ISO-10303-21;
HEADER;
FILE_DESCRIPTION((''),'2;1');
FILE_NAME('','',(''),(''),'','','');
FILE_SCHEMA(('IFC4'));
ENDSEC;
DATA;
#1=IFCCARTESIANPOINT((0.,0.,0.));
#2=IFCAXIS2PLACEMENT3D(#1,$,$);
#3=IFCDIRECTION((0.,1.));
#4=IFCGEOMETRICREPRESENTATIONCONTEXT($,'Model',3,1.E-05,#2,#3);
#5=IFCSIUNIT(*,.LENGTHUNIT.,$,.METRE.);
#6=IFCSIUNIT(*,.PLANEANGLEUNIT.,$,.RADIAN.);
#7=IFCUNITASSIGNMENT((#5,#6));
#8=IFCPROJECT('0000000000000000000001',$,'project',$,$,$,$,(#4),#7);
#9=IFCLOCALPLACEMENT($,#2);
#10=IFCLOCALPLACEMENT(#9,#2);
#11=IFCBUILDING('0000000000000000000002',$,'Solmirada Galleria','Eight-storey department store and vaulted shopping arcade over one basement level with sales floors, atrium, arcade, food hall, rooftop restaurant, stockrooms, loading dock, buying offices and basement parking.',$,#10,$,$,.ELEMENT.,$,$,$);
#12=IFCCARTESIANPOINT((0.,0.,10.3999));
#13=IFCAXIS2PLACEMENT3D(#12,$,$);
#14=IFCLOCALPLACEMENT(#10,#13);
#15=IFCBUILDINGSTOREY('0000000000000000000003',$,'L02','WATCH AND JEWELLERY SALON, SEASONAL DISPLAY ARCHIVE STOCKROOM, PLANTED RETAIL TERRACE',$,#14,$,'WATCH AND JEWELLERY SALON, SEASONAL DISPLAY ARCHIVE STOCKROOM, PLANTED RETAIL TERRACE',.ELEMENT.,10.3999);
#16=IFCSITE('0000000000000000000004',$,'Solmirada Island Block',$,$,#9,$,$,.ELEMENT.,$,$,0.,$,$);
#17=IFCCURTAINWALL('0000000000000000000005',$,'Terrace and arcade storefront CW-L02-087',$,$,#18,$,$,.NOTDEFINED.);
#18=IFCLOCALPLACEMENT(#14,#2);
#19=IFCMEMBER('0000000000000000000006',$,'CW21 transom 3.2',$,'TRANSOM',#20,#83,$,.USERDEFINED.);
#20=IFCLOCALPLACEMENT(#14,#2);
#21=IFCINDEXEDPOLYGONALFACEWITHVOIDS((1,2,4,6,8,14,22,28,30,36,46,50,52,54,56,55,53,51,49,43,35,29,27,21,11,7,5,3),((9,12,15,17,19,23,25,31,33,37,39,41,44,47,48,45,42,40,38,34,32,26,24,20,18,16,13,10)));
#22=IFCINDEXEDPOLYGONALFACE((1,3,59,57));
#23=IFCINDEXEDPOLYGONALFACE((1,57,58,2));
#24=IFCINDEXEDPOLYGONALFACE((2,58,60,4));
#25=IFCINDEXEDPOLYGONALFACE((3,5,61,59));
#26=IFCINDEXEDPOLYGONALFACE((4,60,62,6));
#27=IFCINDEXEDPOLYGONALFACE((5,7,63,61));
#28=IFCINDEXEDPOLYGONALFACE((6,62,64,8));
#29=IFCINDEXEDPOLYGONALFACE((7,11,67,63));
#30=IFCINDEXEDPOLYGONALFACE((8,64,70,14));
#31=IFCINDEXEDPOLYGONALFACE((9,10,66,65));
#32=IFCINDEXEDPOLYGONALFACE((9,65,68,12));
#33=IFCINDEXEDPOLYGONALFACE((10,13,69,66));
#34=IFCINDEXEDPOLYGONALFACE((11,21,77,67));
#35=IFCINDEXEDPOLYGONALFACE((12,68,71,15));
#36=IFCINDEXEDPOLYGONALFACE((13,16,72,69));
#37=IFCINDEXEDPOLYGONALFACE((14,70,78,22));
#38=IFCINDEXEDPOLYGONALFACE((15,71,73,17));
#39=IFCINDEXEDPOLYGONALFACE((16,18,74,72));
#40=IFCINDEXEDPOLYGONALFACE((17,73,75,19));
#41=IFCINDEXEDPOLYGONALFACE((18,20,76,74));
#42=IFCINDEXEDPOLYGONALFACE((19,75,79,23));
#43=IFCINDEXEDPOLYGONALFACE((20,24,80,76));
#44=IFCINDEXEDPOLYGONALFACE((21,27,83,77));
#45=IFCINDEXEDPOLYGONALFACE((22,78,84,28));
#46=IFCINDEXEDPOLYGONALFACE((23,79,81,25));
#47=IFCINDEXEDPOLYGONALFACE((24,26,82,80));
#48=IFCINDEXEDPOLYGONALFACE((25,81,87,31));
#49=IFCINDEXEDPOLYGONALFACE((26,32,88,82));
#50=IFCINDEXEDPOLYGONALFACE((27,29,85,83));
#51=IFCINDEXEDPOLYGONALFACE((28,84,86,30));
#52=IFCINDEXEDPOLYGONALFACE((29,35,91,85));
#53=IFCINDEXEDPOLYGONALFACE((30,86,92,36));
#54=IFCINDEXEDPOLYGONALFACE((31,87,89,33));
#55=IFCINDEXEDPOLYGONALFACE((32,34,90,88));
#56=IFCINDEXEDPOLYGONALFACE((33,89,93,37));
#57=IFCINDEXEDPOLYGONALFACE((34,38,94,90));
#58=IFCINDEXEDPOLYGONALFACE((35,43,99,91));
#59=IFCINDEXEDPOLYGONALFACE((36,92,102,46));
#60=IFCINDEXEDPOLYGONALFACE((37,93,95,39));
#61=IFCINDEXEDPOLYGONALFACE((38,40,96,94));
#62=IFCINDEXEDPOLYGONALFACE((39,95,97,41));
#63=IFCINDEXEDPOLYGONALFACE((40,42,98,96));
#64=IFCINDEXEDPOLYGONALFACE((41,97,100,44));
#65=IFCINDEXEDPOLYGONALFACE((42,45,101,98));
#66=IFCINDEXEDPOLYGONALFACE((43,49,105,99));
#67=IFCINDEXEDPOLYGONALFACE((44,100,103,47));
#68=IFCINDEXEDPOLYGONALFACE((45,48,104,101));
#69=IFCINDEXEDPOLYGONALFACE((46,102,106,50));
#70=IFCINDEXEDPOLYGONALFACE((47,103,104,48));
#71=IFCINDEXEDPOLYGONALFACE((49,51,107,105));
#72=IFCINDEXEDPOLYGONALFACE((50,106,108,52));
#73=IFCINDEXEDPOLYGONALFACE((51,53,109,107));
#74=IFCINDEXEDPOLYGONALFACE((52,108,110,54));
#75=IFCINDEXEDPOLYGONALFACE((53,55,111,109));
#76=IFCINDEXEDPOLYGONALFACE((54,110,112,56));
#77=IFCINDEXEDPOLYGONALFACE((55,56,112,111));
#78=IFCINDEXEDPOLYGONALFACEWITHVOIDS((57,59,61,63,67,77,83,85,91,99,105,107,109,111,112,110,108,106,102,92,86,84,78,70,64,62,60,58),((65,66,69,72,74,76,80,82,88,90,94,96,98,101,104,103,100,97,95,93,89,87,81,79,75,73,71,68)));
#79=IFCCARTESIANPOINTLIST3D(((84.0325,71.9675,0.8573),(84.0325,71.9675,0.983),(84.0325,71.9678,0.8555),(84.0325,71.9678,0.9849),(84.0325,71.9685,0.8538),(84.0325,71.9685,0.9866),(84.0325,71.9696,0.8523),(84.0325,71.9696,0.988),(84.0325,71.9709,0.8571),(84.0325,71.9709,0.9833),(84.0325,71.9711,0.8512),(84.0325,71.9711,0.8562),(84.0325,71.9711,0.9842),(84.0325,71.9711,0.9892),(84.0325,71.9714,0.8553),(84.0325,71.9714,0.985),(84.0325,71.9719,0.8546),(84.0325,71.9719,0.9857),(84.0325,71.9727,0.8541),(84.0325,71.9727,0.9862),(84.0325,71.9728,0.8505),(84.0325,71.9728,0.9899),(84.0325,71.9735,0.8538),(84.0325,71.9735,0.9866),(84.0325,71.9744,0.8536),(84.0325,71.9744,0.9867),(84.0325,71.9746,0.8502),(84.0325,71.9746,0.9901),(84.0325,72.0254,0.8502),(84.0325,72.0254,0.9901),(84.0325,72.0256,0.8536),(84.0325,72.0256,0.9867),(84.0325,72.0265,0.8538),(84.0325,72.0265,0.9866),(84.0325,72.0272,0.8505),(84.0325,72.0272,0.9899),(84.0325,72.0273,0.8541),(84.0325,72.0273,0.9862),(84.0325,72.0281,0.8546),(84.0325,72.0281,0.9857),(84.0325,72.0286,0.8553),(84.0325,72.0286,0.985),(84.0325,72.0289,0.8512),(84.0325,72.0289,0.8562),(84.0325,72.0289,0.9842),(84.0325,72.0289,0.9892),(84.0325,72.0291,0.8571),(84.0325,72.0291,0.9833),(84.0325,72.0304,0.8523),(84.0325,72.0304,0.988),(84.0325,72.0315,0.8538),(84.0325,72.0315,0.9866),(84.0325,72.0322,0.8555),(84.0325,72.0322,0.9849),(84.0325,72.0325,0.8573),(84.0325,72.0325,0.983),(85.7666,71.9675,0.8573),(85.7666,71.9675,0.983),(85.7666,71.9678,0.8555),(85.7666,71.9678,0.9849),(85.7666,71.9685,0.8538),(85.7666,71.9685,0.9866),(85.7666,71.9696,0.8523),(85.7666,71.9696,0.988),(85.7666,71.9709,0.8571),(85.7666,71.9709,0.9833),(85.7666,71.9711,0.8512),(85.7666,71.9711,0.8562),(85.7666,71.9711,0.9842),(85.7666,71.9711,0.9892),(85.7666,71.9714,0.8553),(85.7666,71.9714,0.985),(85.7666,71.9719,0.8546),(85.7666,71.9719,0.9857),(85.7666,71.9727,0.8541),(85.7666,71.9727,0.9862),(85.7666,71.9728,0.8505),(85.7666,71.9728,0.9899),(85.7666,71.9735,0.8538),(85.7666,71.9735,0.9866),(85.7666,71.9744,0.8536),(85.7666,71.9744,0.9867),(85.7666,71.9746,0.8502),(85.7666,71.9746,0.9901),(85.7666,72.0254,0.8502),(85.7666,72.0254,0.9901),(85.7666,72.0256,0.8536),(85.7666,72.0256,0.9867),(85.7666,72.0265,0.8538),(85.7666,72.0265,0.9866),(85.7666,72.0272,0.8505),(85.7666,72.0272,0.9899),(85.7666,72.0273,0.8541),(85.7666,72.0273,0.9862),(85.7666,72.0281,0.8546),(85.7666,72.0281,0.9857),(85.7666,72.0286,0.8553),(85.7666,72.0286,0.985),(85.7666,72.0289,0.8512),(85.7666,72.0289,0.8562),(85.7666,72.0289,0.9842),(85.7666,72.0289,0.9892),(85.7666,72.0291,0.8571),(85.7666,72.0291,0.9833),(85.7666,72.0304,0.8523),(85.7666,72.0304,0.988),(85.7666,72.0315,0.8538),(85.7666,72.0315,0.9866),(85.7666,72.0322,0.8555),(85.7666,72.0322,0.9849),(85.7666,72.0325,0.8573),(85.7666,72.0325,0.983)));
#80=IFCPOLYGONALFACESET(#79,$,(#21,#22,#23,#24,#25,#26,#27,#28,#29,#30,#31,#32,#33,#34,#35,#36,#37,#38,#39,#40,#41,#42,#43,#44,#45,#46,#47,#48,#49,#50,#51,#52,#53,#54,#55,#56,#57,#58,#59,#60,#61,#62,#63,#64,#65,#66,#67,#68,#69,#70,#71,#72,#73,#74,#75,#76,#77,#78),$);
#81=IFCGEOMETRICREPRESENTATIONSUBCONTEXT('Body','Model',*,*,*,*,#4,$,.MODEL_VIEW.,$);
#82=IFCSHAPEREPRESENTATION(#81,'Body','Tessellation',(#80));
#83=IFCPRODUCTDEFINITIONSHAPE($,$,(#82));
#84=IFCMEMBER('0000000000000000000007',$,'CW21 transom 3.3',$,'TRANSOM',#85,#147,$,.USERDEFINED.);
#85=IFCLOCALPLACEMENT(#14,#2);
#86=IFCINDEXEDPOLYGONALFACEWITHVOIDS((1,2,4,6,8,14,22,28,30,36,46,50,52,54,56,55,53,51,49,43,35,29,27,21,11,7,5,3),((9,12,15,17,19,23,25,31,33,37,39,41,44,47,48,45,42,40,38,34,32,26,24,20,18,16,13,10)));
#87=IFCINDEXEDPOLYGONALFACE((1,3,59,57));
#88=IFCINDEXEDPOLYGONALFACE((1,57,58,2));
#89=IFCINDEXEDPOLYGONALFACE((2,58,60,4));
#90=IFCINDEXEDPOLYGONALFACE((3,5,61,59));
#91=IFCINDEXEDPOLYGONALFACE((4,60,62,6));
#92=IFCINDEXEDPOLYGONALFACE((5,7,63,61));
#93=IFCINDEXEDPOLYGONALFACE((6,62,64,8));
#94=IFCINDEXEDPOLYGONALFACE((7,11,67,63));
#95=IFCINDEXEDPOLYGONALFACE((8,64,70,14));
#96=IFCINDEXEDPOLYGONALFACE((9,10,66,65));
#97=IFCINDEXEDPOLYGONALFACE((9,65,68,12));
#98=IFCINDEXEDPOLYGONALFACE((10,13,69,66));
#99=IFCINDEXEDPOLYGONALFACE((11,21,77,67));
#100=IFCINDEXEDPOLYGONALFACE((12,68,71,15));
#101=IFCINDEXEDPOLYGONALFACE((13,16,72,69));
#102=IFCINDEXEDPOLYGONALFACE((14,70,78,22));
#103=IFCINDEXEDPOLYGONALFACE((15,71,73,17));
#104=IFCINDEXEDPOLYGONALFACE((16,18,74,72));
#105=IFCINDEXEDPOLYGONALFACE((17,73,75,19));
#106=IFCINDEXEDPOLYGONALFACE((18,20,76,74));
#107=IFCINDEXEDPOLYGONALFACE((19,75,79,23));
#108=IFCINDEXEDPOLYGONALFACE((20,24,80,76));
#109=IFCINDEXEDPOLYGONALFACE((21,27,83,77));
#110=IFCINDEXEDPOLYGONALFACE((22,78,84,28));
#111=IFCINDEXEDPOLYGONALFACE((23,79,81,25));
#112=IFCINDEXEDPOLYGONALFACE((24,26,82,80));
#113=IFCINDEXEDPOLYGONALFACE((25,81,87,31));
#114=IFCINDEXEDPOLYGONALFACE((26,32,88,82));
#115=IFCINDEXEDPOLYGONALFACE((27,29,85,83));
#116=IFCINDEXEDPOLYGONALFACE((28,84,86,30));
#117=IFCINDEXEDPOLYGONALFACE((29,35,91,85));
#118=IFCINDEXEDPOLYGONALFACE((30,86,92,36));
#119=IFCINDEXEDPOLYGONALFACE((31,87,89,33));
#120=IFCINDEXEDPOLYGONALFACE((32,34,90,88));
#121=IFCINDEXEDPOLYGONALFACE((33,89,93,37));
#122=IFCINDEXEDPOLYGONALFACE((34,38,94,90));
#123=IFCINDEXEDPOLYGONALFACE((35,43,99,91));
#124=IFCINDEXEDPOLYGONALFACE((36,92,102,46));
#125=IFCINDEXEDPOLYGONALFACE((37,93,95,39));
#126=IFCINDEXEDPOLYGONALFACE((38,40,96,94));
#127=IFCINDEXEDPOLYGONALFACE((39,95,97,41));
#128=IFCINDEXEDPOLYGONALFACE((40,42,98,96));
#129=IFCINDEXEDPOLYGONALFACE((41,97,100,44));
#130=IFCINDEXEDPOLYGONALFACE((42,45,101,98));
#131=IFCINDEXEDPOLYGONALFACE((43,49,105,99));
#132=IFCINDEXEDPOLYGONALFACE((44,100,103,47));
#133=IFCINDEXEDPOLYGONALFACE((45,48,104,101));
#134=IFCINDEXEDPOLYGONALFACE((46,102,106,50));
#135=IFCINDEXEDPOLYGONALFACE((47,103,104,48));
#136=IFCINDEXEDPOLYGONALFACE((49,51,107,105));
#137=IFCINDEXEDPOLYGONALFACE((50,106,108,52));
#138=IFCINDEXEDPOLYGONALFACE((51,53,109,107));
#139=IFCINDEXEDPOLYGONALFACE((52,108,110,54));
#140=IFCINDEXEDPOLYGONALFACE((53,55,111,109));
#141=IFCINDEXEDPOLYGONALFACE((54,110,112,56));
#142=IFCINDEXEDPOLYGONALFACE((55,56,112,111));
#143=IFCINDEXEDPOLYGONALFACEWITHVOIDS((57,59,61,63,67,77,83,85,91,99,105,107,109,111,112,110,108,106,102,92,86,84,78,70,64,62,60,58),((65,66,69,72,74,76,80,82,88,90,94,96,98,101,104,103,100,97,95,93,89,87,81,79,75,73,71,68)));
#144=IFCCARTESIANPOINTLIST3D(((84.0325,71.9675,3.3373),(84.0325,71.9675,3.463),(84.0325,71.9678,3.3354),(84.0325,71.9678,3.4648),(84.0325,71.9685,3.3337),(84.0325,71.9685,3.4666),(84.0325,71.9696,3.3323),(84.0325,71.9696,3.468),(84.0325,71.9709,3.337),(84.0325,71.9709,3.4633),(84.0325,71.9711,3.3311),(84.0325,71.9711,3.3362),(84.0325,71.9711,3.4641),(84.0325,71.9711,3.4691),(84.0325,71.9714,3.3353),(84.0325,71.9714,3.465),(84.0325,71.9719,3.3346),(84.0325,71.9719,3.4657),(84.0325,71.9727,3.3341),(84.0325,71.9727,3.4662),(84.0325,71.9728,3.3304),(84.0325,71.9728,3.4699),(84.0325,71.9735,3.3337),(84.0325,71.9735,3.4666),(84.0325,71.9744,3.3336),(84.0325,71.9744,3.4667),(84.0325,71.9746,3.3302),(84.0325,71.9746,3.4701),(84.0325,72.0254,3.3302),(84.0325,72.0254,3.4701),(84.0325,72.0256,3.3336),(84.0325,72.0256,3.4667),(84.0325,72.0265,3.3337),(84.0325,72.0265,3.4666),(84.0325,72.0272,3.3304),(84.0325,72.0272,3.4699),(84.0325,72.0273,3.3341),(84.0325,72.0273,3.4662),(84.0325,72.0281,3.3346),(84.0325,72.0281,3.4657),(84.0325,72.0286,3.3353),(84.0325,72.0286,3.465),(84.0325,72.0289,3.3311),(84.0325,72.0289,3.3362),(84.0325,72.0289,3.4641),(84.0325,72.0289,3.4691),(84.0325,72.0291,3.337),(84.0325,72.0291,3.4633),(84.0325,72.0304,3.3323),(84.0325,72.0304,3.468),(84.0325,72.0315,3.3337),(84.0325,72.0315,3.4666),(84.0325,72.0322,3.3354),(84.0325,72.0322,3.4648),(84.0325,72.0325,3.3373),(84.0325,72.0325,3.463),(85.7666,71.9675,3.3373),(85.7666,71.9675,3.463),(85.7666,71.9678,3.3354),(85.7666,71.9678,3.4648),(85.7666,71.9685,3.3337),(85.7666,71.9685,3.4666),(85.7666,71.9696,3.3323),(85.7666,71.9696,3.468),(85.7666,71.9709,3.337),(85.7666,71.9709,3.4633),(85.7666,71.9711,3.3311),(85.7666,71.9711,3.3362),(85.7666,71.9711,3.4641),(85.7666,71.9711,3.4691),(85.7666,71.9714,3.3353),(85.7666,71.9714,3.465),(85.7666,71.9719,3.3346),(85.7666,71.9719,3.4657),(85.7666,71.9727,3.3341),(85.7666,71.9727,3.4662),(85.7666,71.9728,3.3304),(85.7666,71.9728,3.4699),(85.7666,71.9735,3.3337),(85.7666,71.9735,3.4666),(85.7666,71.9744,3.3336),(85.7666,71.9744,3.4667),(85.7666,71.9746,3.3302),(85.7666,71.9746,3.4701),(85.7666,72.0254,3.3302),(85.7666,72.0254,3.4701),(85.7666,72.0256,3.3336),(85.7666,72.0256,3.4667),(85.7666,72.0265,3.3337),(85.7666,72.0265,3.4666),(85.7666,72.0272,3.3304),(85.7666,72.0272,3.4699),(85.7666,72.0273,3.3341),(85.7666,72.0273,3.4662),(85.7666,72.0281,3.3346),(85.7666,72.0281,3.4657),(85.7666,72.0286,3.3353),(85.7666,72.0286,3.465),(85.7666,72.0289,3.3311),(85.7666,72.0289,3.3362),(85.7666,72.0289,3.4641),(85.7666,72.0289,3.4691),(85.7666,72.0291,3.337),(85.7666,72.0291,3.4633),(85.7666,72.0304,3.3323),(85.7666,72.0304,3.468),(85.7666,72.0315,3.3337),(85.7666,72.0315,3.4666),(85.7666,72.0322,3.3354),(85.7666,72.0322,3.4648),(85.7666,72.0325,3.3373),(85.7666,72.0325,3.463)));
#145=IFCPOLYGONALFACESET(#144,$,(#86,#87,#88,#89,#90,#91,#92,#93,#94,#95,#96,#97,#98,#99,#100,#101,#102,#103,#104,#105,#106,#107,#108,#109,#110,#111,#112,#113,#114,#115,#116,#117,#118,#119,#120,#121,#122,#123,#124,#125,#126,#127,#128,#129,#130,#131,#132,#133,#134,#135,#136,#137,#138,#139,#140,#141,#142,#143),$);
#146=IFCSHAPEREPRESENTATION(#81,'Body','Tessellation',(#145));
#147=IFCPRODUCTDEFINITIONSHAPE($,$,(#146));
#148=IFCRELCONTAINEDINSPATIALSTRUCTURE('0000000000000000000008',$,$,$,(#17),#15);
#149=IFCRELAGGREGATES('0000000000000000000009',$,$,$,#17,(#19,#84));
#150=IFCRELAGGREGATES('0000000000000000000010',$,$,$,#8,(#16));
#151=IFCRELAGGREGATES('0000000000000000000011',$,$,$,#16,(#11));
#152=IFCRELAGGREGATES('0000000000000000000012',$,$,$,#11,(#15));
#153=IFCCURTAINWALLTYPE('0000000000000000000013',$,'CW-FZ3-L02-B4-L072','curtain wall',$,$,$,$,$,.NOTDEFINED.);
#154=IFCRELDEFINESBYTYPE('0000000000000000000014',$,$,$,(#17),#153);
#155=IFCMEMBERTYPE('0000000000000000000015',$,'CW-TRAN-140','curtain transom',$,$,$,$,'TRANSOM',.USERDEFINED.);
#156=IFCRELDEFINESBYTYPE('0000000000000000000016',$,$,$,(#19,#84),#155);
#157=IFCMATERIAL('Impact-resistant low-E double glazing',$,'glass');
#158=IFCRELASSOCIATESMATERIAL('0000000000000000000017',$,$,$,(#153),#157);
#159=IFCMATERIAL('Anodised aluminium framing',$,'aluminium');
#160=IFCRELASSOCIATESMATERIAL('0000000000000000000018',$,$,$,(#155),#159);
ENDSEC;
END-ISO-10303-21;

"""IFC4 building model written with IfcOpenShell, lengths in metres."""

from ifc_helpers import new_model, si_unit, direction, frame, origin, origin_2d, place, context, subcontext, project, spatial, hollow_rectangle, extrude, material, material_profile, profile_set, type_object, element, aggregate, save


model = new_model("IFC4")

# Units and contexts
model_context = context("Model", 3, precision=1e-05, world=origin(), true_north=direction((0.0, 1.0)))
body_context = subcontext(model_context, "Body", "Model", "MODEL_VIEW")
ifc_project = project(units=[si_unit("LENGTHUNIT", "METRE"), si_unit("PLANEANGLEUNIT", "RADIAN")], contexts=[model_context])

# Site, building, storey
site_placement = place(None, origin())
site = spatial("IfcSite", under=ifc_project, at=site_placement, Name="Solmirada Island Block", CompositionType="ELEMENT", RefElevation=0.0)
building_placement = place(site_placement, origin())
building = spatial("IfcBuilding", under=site, at=building_placement, Name="Solmirada Galleria", Description="Eight-storey department store and vaulted shopping arcade over one basement level with sales floors, atrium, arcade, food hall, rooftop restaurant, stockrooms, loading dock, buying offices and basement parking.", CompositionType="ELEMENT")
storey_placement = place(building_placement, frame((0.0, 0.0, 10.3999)))
storey = spatial("IfcBuildingStorey", under=building, at=storey_placement, Name="L02", Description="WATCH AND JEWELLERY SALON, SEASONAL DISPLAY ARCHIVE STOCKROOM, PLANTED RETAIL TERRACE", LongName="WATCH AND JEWELLERY SALON, SEASONAL DISPLAY ARCHIVE STOCKROOM, PLANTED RETAIL TERRACE", CompositionType="ELEMENT", Elevation=10.3999)

# Curtain wall, members
ifc_material_1 = material(Name="Impact-resistant low-E double glazing", Category="glass")
curtain_wall_type = type_object("IfcCurtainWallType", Name="CW-FZ3-L02-B4-L072", Description="curtain wall", PredefinedType="NOTDEFINED", material=ifc_material_1)
curtain_wall_placement = place(storey_placement, origin())
curtain_wall = element("IfcCurtainWall", 1, at=curtain_wall_placement, inside=storey, type_object=curtain_wall_type, Name="Terrace and arcade storefront CW-L02-087", PredefinedType="NOTDEFINED")
ifc_material_2 = material(Name="Anodised aluminium framing", Category="aluminium")
ifc_material_profile_1 = material_profile(ifc_material_2, hollow_rectangle(XDim=0.0649, YDim=0.1399, WallThickness=0.0034, InnerFilletRadius=0.0034, OuterFilletRadius=0.0071, at=origin_2d()), Name="ALU-TRAN-140X65")
ifc_profile_set_1 = profile_set([ifc_material_profile_1], Name="Anodised aluminium framing")
member_type_1 = type_object("IfcMemberType", Name="CW-TRAN-140", Description="curtain transom", ElementType="TRANSOM", PredefinedType="USERDEFINED", material=ifc_profile_set_1)
member_1_placement = place(storey_placement, frame((84.0325, 72.0, 0.9202), z_axis=(1.0, 0.0, 0.0), x_axis=(0.0, 1.0, 0.0)))
member_1 = element("IfcMember", 2, at=member_1_placement, type_object=member_type_1, Name="CW21 transom 3.2", ObjectType="TRANSOM", PredefinedType="USERDEFINED", context=body_context, shape_type="SweptSolid", body=[
    extrude(hollow_rectangle(XDim=0.0649, YDim=0.1399, WallThickness=0.0034, InnerFilletRadius=0.0034, OuterFilletRadius=0.0071, at=origin_2d()), origin(), (0.0, 0.0, 1.0), 1.7341),
])
member_2_placement = place(storey_placement, frame((84.0325, 72.0, 3.4001), z_axis=(1.0, 0.0, 0.0), x_axis=(0.0, 1.0, 0.0)))
member_2 = element("IfcMember", 3, at=member_2_placement, type_object=member_type_1, Name="CW21 transom 3.3", ObjectType="TRANSOM", PredefinedType="USERDEFINED", context=body_context, shape_type="SweptSolid", body=[
    extrude(hollow_rectangle(XDim=0.0649, YDim=0.1399, WallThickness=0.0034, InnerFilletRadius=0.0034, OuterFilletRadius=0.0071, at=origin_2d()), origin(), (0.0, 0.0, 1.0), 1.7341),
])
aggregate(curtain_wall, [member_1, member_2])

save(model, "model.ifc")
